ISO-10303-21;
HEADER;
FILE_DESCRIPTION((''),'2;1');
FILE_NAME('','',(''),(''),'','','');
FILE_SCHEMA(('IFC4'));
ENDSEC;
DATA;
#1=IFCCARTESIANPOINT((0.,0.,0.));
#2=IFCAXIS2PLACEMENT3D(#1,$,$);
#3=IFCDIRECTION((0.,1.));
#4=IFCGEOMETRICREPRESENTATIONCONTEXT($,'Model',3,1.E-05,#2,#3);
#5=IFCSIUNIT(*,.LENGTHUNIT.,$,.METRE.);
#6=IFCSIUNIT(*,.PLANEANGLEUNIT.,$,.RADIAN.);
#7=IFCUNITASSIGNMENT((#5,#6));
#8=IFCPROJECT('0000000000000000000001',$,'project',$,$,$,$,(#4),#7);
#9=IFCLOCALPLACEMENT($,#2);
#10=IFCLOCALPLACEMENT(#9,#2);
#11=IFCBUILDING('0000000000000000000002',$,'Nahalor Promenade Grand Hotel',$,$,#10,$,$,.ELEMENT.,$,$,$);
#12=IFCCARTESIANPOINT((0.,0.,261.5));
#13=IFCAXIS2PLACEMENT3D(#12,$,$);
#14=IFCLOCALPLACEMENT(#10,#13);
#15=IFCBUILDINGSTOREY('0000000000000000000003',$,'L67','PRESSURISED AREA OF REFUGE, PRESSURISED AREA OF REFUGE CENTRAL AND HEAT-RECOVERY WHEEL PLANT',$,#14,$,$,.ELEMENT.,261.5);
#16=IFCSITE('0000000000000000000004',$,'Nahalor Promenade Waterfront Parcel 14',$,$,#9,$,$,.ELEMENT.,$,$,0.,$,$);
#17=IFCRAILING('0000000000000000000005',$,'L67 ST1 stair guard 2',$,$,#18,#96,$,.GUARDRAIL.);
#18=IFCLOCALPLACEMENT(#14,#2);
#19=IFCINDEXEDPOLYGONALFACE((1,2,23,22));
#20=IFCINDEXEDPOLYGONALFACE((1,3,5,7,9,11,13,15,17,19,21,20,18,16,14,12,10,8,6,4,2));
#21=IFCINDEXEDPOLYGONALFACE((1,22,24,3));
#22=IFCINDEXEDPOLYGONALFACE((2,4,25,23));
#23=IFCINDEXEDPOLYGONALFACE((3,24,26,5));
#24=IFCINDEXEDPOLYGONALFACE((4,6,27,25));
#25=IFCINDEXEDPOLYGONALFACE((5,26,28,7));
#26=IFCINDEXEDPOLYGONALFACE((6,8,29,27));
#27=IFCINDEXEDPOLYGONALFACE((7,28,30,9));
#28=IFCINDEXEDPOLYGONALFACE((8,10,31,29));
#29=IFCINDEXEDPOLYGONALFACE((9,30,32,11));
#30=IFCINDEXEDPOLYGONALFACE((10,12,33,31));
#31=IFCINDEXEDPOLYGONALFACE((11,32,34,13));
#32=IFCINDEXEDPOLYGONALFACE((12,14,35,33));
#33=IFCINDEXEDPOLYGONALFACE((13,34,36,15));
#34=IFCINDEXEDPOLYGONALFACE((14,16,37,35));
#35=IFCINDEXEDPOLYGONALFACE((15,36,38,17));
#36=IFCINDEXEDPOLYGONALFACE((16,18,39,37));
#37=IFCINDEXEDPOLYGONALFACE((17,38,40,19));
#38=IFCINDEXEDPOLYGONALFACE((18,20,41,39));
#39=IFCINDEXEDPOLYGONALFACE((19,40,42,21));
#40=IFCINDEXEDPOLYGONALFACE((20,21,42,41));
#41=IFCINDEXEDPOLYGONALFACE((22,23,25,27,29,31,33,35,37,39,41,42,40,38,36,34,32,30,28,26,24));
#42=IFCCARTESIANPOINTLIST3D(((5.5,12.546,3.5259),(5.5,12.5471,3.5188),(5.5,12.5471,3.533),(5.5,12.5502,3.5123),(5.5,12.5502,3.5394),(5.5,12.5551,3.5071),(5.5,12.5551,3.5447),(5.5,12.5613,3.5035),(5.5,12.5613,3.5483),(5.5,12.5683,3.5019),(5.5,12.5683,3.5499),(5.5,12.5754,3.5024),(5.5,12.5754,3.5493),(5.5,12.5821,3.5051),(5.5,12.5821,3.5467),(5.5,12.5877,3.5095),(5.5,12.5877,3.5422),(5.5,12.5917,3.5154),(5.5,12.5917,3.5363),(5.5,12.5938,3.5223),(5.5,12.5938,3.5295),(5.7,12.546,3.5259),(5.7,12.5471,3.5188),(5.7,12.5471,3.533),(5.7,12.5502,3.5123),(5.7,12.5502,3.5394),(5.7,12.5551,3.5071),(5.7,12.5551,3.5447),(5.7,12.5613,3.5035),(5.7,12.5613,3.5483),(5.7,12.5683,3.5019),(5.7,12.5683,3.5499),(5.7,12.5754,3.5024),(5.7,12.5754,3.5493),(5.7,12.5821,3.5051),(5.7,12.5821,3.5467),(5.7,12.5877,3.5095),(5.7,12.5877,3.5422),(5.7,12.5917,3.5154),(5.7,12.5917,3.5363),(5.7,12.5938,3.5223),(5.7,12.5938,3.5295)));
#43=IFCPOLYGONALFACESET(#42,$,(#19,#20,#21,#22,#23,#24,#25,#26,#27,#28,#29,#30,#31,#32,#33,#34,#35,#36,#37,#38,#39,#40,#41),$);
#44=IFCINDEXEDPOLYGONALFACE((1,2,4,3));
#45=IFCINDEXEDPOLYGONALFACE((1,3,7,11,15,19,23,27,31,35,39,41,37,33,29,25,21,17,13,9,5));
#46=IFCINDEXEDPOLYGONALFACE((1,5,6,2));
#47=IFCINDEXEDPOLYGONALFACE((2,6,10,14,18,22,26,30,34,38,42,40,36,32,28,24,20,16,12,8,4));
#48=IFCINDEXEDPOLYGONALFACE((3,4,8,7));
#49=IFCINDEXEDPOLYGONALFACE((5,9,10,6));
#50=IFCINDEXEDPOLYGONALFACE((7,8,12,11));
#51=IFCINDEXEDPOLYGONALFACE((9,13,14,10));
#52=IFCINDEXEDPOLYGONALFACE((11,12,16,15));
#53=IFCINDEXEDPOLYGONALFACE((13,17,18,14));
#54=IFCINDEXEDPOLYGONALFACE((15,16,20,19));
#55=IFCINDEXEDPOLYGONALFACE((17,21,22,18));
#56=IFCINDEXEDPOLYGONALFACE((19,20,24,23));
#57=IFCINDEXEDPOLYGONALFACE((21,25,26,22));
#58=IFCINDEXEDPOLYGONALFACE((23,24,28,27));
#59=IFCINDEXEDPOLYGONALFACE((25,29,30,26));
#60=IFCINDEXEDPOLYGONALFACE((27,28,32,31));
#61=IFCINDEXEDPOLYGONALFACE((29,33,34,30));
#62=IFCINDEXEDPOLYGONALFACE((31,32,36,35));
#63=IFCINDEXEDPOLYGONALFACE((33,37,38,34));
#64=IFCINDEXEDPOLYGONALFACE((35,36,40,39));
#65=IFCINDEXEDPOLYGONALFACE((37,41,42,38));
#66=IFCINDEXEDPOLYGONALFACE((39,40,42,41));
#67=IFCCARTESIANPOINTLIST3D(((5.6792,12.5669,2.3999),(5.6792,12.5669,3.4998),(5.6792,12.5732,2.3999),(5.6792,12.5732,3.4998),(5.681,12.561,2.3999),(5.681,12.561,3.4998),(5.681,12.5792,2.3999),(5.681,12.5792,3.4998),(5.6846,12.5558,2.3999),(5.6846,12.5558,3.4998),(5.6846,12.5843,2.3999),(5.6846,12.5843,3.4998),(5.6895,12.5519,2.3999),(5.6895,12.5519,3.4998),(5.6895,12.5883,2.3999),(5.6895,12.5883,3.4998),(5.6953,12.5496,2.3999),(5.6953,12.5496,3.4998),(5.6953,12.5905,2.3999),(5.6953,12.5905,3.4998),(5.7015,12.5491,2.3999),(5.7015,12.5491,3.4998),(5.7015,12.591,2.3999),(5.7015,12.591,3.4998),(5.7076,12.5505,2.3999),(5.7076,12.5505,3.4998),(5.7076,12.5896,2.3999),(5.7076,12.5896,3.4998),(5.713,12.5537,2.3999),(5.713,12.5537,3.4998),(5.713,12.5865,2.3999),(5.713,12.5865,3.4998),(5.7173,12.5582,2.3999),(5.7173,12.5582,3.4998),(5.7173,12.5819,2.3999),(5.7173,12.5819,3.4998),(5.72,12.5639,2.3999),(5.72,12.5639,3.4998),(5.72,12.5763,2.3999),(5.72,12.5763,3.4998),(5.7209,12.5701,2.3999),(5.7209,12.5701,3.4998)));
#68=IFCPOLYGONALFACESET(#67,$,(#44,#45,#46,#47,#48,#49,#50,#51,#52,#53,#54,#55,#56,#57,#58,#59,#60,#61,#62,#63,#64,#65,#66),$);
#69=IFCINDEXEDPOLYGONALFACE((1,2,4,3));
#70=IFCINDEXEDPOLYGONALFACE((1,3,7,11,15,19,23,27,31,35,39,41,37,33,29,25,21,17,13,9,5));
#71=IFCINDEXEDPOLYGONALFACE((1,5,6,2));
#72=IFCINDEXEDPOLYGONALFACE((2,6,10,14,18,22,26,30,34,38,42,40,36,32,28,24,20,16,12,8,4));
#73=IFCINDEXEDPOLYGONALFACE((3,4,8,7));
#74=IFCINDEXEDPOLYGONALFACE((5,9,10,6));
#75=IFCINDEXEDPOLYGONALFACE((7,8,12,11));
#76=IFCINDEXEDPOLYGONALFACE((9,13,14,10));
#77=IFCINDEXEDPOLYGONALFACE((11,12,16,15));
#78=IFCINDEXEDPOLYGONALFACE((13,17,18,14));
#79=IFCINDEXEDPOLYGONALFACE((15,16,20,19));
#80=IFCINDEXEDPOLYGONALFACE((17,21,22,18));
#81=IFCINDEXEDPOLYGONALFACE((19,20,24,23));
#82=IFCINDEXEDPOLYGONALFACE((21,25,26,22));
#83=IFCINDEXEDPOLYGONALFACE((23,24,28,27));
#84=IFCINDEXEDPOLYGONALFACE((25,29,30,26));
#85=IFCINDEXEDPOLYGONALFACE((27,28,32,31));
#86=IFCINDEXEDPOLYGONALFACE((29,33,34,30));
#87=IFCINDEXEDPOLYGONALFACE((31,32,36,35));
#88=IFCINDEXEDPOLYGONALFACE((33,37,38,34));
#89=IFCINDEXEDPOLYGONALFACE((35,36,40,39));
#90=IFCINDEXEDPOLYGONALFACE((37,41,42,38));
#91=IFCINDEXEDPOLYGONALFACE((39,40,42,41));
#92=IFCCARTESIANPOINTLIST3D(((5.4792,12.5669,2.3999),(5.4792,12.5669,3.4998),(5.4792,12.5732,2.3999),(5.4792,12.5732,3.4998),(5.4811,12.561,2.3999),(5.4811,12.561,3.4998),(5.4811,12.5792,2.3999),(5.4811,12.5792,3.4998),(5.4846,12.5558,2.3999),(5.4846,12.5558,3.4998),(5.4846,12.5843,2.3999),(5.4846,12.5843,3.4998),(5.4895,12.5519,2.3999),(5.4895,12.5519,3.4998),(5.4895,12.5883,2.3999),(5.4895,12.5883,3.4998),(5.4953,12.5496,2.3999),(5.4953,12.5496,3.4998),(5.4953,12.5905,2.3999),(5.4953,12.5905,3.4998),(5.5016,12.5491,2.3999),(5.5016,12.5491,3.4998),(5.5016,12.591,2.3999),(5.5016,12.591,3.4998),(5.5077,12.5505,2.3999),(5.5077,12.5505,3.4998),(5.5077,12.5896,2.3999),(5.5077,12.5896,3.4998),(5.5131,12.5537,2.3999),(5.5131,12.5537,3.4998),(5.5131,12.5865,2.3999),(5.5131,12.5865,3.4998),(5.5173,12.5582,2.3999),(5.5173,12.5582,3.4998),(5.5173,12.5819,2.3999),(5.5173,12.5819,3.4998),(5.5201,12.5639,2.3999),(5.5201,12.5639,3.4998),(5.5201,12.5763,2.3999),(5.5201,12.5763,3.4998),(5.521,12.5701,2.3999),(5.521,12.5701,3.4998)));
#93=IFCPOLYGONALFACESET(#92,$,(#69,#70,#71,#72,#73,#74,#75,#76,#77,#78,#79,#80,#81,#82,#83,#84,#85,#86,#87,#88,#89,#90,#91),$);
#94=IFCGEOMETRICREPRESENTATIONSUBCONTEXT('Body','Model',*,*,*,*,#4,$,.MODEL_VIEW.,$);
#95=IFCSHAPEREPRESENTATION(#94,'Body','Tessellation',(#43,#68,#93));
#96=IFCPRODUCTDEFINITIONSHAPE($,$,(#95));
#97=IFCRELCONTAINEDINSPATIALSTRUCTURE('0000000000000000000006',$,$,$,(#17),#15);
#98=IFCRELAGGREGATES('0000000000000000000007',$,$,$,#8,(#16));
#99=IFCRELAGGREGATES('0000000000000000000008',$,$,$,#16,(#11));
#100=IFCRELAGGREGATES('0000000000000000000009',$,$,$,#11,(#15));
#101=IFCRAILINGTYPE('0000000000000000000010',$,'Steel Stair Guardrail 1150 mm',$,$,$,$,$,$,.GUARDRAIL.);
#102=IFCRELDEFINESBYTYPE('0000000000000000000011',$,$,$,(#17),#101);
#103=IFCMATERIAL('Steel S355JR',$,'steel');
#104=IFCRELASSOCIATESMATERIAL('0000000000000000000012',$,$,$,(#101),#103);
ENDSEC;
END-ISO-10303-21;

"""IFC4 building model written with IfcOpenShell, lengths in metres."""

from ifc_helpers import new_model, si_unit, direction, frame, origin, origin_2d, place, context, subcontext, project, spatial, circle, extrude, material, type_object, element, save


model = new_model("IFC4")

# Units and contexts
model_context = context("Model", 3, precision=1e-05, world=origin(), true_north=direction((0.0, 1.0)))
body_context = subcontext(model_context, "Body", "Model", "MODEL_VIEW")
ifc_project = project(units=[si_unit("LENGTHUNIT", "METRE"), si_unit("PLANEANGLEUNIT", "RADIAN")], contexts=[model_context])

# Site, building, storey
site_placement = place(None, origin())
site = spatial("IfcSite", under=ifc_project, at=site_placement, Name="Nahalor Promenade Waterfront Parcel 14", CompositionType="ELEMENT", RefElevation=0.0)
building_placement = place(site_placement, origin())
building = spatial("IfcBuilding", under=site, at=building_placement, Name="Nahalor Promenade Grand Hotel", CompositionType="ELEMENT")
storey_placement = place(building_placement, frame((0.0, 0.0, 261.5)))
storey = spatial("IfcBuildingStorey", under=building, at=storey_placement, Name="L67", Description="PRESSURISED AREA OF REFUGE, PRESSURISED AREA OF REFUGE CENTRAL AND HEAT-RECOVERY WHEEL PLANT", CompositionType="ELEMENT", Elevation=261.5)

# Shared definitions
ifc_material_1 = material(Name="Steel S355JR", Category="steel")

# Railing
railing_type_1 = type_object("IfcRailingType", Name="Steel Stair Guardrail 1150 mm", PredefinedType="GUARDRAIL", material=ifc_material_1)
railing_1_placement = place(storey_placement, frame((5.7, 12.5701, 2.3999)))
element("IfcRailing", 1, at=railing_1_placement, inside=storey, type_object=railing_type_1, Name="L67 ST1 stair guard 2", PredefinedType="GUARDRAIL", context=body_context, shape_type="SweptSolid", body=[
    extrude(circle(Radius=0.024, at=origin_2d()), frame((0.0, 0.0, 1.126), z_axis=(-1.0, 0.0, 0.0), x_axis=(0.0, -1.0, 0.0)), (0.0, 0.0, 1.0), 0.2),
    extrude(circle(Radius=0.021, at=origin_2d()), origin(), (0.0, 0.0, 1.0), 1.0999),
    extrude(circle(Radius=0.021, at=origin_2d()), frame((-0.2, 0.0, 0.0)), (0.0, 0.0, 1.0), 1.0999),
])

save(model, "model.ifc")
